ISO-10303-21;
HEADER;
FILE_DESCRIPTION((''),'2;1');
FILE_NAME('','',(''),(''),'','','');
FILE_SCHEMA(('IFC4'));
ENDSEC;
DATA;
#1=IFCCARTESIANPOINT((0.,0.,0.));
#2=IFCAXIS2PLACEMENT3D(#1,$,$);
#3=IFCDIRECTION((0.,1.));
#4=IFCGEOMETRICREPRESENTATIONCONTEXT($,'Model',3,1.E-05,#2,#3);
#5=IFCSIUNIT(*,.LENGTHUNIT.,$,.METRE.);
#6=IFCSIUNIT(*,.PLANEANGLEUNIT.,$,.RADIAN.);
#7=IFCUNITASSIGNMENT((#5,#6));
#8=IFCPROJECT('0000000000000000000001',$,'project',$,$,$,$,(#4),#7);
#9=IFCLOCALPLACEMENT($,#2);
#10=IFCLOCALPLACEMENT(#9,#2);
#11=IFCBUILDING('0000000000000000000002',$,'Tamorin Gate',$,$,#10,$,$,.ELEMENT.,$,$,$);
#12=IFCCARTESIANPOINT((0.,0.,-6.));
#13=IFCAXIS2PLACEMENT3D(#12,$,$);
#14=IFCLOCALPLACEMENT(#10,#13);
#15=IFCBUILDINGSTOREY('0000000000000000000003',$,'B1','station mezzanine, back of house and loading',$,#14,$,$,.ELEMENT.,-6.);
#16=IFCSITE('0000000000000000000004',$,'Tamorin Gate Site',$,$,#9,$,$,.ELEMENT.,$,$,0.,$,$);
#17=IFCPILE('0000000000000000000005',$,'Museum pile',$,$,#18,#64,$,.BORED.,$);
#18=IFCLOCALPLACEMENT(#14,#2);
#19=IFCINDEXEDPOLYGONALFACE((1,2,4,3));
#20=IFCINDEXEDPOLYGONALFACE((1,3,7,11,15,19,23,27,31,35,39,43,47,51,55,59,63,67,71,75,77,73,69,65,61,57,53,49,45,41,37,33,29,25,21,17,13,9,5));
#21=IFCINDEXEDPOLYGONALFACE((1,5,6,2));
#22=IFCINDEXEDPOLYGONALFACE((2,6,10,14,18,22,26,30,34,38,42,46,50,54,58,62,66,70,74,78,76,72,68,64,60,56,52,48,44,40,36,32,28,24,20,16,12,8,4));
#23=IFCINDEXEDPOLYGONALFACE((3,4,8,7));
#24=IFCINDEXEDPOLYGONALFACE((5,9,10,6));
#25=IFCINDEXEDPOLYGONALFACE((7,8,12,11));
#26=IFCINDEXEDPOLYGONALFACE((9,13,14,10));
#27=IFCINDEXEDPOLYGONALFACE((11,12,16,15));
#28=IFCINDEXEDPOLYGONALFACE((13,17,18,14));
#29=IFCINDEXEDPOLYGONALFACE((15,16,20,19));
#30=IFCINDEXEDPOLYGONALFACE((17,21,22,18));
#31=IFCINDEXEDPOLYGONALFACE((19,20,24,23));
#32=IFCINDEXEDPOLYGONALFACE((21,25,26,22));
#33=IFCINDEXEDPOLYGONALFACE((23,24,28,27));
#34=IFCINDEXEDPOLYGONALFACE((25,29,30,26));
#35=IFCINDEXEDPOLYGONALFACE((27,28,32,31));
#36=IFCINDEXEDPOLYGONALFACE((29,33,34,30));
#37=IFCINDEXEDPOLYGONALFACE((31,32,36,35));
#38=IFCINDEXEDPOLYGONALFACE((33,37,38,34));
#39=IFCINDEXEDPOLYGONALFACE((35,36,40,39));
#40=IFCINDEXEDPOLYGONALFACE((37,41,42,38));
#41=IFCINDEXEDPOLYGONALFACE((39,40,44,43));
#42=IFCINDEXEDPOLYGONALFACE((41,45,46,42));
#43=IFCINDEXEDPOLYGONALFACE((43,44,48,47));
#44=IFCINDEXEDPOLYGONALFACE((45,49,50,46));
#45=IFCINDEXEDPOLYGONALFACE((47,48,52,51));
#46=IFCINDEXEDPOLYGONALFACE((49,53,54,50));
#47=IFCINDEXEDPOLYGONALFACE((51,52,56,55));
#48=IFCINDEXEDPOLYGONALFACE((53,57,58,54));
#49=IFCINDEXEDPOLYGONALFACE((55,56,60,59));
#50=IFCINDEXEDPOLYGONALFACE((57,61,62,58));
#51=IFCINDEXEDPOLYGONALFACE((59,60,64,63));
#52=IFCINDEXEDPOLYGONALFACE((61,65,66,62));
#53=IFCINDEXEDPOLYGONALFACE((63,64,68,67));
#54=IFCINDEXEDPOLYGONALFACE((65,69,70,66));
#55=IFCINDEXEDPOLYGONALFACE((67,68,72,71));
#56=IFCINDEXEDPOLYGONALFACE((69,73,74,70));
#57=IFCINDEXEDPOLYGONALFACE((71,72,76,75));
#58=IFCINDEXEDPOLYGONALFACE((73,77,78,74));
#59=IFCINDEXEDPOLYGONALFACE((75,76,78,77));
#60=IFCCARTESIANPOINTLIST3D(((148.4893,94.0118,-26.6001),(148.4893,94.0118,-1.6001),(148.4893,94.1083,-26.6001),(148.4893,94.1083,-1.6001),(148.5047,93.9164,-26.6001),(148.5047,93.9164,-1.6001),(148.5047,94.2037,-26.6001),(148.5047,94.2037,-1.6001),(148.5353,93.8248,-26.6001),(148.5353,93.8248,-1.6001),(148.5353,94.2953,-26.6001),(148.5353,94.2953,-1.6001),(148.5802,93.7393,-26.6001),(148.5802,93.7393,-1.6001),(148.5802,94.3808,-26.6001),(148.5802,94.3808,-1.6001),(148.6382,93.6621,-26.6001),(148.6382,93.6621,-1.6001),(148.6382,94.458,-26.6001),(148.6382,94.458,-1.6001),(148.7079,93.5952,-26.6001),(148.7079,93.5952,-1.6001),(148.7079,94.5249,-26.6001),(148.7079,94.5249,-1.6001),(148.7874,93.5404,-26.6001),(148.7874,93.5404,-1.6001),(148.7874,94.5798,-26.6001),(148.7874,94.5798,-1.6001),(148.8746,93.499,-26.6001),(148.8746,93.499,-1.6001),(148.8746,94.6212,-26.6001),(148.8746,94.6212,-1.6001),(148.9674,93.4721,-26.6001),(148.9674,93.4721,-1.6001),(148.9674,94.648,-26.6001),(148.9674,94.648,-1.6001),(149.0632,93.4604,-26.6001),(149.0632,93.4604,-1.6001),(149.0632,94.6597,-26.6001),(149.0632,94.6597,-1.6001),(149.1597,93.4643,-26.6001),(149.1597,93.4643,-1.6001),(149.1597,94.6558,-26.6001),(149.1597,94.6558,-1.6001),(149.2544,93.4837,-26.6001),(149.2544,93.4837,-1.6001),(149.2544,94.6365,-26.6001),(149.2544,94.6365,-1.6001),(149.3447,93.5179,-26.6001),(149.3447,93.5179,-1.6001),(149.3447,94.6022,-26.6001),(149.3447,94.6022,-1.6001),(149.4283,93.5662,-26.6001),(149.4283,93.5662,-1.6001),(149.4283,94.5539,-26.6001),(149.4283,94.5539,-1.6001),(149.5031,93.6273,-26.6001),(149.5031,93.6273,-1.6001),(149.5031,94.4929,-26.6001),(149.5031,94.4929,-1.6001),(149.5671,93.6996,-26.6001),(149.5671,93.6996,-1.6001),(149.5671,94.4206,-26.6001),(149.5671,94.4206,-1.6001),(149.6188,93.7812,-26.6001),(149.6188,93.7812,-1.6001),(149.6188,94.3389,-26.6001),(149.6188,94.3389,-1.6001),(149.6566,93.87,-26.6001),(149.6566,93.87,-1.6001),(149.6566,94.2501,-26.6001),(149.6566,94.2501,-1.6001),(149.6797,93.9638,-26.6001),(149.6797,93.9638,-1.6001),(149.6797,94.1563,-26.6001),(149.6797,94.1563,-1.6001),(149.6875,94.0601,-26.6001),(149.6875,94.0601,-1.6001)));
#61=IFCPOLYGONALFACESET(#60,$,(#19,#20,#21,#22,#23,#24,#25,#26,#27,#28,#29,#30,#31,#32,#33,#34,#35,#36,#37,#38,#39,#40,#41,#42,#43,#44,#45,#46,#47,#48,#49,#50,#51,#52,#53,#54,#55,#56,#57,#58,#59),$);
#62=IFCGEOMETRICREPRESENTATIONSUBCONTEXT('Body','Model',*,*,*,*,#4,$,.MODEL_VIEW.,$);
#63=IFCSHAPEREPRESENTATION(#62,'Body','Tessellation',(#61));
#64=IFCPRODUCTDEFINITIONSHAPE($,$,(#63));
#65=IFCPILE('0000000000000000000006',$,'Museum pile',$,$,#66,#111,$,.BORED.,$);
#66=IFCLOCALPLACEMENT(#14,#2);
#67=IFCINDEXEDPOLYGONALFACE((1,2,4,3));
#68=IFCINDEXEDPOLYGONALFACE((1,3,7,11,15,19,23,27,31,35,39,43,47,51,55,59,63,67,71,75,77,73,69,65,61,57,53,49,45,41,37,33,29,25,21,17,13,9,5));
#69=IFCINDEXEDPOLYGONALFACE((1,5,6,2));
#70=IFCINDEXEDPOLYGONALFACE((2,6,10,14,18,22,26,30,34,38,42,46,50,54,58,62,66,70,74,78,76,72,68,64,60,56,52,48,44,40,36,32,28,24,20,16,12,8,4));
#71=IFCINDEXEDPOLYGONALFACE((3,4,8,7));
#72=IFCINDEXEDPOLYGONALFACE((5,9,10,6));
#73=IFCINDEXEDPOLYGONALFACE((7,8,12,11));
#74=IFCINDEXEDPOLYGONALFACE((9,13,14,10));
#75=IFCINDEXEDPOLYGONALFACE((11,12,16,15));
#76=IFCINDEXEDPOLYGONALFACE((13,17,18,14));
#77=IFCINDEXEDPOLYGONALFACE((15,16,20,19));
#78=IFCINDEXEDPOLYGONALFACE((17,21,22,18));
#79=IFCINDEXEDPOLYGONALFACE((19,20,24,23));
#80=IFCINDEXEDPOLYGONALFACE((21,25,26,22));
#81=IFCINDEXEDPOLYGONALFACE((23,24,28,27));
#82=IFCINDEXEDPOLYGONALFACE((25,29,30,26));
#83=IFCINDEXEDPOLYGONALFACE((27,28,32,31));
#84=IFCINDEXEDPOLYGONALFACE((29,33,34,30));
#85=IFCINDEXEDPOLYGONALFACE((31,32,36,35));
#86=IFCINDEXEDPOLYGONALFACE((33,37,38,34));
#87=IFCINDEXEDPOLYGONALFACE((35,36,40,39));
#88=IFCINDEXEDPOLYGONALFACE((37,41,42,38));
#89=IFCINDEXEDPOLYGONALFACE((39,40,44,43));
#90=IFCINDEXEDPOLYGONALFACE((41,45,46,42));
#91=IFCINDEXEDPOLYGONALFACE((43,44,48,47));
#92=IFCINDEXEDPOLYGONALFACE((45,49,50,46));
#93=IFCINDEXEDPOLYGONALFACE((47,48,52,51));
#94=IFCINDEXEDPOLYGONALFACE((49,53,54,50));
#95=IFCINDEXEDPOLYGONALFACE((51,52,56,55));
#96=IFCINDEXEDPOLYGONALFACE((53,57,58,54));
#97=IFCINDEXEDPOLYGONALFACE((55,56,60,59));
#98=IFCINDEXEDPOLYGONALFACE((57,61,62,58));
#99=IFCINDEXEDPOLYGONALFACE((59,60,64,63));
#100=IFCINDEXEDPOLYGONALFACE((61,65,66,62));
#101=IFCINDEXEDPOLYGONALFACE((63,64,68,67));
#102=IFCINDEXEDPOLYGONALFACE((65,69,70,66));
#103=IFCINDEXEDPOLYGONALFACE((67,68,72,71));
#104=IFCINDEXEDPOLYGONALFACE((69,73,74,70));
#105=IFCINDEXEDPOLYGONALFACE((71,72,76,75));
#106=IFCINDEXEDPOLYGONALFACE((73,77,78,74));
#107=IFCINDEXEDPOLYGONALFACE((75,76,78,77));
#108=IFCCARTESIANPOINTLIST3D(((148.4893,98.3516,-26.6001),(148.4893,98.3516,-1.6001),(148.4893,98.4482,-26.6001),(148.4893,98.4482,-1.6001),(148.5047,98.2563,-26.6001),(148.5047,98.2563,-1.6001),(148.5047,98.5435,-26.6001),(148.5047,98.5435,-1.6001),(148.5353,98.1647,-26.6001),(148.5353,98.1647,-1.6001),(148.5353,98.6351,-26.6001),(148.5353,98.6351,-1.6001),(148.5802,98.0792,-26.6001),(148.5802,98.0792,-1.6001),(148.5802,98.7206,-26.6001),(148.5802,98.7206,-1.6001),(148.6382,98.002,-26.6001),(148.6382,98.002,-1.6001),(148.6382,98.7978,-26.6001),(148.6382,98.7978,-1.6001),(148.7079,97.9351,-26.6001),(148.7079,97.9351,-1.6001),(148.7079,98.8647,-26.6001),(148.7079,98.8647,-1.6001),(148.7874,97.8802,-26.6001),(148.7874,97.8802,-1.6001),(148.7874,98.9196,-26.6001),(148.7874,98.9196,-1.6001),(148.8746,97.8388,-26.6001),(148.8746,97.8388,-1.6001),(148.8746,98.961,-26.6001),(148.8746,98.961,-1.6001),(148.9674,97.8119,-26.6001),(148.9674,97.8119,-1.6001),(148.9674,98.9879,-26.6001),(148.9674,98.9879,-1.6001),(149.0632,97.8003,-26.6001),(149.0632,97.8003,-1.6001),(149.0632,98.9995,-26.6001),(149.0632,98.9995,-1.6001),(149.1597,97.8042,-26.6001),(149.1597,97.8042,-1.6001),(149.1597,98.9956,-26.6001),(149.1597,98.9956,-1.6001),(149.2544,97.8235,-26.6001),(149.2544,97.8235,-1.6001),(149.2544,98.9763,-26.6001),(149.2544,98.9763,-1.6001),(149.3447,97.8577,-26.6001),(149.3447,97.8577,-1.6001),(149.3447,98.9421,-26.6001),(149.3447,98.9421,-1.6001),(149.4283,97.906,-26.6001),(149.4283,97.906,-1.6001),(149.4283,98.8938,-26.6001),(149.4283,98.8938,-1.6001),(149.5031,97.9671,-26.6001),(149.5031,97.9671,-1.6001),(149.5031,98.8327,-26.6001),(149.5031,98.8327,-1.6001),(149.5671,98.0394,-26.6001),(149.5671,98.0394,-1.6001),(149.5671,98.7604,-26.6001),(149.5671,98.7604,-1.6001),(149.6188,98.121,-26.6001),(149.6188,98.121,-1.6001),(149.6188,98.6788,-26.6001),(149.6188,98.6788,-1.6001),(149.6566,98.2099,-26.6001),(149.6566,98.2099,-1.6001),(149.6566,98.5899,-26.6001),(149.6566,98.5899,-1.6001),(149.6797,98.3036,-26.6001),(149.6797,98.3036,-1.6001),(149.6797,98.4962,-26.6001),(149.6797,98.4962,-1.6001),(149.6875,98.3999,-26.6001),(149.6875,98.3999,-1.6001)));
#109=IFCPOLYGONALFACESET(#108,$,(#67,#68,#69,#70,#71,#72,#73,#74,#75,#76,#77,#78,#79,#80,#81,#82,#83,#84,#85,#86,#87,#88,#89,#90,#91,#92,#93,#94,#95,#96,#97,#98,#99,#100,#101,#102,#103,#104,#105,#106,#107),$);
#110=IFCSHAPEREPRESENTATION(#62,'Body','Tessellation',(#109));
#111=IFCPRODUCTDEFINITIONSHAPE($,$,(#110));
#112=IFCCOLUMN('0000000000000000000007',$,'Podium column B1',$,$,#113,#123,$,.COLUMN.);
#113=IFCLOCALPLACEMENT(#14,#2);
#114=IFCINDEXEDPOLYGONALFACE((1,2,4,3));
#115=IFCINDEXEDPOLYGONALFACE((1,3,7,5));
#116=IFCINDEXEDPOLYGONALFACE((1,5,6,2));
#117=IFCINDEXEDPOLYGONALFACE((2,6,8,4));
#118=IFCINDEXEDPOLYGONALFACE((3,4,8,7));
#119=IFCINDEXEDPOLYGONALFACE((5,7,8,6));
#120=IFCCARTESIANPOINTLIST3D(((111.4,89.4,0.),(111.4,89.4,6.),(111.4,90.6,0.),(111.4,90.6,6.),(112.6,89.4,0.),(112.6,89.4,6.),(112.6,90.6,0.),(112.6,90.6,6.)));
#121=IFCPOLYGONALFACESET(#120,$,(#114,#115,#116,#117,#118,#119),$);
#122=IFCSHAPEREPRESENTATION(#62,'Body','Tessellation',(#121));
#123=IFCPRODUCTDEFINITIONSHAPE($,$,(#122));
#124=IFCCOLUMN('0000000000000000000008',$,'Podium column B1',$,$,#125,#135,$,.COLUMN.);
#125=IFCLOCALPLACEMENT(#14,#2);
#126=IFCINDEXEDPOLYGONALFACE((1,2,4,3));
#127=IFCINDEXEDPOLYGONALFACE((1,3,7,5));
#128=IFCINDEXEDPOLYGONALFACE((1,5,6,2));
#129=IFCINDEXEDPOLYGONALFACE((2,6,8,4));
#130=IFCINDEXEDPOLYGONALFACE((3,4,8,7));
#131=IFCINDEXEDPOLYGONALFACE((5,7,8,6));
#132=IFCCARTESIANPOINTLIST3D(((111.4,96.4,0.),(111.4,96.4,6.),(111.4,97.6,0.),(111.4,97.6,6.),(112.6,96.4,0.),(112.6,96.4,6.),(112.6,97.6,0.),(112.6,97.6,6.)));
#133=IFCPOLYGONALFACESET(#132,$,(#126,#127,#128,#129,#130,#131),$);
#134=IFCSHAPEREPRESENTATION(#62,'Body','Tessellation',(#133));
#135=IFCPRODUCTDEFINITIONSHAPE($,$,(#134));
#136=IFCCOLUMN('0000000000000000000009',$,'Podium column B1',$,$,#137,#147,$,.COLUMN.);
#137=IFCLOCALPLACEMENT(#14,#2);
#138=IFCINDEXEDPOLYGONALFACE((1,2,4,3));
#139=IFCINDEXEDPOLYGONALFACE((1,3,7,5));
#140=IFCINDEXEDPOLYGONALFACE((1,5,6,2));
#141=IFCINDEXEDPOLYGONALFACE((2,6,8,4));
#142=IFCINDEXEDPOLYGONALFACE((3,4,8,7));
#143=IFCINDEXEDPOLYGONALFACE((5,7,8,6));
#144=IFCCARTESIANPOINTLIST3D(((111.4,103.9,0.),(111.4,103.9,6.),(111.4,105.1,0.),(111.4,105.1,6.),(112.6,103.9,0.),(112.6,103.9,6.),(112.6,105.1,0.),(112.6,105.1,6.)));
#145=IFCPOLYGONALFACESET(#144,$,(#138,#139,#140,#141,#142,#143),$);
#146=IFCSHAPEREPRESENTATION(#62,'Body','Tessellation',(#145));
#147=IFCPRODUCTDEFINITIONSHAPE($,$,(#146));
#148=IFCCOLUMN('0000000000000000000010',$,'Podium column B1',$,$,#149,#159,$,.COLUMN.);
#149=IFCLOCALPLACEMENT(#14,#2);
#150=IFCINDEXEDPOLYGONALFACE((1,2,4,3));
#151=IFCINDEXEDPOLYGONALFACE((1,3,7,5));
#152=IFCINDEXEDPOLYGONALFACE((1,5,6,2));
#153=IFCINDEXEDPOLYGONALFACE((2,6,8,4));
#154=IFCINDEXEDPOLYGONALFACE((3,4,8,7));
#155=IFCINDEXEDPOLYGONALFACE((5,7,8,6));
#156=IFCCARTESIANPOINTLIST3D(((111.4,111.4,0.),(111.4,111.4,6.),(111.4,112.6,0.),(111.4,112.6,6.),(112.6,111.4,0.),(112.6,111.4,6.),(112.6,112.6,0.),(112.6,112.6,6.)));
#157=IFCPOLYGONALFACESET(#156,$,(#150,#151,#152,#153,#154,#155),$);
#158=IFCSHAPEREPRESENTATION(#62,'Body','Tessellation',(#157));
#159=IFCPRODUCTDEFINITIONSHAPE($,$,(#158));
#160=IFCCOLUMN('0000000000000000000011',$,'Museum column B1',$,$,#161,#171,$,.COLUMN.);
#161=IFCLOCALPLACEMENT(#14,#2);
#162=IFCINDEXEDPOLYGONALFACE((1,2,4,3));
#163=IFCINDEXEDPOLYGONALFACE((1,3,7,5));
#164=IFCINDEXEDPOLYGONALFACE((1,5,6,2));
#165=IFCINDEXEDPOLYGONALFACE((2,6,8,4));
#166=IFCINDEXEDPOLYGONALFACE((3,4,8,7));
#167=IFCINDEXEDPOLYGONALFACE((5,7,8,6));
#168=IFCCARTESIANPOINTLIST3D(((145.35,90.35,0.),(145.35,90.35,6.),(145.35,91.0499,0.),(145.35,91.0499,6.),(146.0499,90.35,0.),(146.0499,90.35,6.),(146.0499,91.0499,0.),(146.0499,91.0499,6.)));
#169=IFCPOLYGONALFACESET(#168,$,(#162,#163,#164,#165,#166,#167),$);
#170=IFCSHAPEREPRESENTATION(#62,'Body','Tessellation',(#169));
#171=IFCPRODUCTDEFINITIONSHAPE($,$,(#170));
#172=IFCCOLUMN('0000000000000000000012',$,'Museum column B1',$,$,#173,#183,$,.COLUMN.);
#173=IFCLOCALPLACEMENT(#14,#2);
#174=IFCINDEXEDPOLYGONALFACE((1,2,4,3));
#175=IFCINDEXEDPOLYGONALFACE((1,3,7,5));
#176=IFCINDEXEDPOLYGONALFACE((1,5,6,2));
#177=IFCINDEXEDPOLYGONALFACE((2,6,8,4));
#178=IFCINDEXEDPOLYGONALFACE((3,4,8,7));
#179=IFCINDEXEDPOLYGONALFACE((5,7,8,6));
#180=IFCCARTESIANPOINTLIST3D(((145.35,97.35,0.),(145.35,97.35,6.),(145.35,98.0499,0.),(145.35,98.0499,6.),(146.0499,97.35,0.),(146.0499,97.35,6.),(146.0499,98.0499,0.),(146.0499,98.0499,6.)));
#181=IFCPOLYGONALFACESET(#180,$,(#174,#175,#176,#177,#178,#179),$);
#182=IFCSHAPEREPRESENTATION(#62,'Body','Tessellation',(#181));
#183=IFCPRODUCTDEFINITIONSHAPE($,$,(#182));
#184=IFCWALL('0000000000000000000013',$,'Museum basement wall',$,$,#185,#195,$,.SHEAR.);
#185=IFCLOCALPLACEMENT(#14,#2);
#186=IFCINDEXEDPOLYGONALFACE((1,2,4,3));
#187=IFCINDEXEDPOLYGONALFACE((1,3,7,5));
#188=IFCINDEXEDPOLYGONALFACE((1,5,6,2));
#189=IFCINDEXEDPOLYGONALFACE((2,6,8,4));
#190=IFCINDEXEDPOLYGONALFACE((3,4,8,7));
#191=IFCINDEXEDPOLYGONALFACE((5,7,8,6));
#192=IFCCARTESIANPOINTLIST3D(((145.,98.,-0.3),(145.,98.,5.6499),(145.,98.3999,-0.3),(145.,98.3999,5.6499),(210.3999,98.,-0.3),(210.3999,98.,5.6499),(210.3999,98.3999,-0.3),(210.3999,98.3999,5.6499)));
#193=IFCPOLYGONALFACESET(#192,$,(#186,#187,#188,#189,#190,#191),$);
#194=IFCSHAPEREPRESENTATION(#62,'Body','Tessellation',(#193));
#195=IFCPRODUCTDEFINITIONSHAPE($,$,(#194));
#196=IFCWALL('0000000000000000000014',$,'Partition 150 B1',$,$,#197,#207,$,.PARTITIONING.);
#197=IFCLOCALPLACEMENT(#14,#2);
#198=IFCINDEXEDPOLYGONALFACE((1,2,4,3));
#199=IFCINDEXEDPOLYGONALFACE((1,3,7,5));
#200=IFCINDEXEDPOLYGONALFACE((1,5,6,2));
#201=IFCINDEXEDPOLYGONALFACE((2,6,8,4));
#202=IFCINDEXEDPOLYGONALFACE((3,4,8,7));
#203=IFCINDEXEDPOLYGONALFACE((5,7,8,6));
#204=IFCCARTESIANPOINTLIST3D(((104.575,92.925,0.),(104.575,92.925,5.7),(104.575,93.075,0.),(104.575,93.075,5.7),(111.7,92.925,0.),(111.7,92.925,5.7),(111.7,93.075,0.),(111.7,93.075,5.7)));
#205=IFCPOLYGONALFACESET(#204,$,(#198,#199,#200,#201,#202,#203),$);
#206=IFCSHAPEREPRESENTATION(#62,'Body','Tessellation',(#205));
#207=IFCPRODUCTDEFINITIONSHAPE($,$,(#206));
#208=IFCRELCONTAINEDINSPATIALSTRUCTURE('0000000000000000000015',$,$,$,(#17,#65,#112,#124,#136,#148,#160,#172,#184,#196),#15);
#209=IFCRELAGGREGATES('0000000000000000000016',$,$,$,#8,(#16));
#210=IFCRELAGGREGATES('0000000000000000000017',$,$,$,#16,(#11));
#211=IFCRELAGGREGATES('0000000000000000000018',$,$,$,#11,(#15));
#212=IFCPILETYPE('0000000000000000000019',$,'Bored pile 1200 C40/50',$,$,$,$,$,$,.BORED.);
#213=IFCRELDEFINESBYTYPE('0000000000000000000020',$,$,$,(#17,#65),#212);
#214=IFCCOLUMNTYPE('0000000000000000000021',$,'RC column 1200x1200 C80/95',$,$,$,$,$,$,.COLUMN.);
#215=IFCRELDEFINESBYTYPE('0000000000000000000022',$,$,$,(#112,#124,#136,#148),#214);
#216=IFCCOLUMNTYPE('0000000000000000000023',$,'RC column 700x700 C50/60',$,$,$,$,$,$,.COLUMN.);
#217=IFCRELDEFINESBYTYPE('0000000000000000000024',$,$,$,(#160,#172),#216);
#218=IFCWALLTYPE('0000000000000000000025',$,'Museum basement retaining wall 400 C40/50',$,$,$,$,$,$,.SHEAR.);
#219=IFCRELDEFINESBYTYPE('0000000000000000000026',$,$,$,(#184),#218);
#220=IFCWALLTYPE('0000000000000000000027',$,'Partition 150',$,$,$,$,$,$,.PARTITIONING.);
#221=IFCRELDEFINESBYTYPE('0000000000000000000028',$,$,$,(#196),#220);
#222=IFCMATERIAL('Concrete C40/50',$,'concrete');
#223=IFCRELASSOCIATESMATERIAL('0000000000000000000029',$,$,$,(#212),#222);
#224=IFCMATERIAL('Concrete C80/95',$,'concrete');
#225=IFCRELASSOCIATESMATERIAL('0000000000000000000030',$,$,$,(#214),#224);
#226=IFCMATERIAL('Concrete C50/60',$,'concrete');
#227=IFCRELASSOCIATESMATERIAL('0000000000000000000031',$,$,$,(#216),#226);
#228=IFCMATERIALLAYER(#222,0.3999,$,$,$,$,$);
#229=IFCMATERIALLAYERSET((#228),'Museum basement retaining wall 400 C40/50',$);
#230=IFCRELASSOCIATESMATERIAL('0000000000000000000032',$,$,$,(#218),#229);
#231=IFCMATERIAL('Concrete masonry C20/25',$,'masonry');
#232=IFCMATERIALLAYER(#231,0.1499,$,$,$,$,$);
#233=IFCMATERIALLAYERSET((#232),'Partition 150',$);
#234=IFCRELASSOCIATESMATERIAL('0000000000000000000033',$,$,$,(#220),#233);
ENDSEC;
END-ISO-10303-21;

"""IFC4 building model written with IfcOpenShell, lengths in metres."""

from ifc_helpers import new_model, si_unit, direction, frame, frame_2d, origin, origin_2d, place, context, subcontext, project, spatial, rectangle, circle, extrude, material, layer, layer_set, material_profile, profile_set, type_object, element, save


model = new_model("IFC4")

# Units and contexts
model_context = context("Model", 3, precision=1e-05, world=origin(), true_north=direction((0.0, 1.0)))
body_context = subcontext(model_context, "Body", "Model", "MODEL_VIEW")
ifc_project = project(units=[si_unit("LENGTHUNIT", "METRE"), si_unit("PLANEANGLEUNIT", "RADIAN")], contexts=[model_context])

# Site, building, storey
site_placement = place(None, origin())
site = spatial("IfcSite", under=ifc_project, at=site_placement, Name="Tamorin Gate Site", CompositionType="ELEMENT", RefElevation=0.0)
building_placement = place(site_placement, origin())
building = spatial("IfcBuilding", under=site, at=building_placement, Name="Tamorin Gate", CompositionType="ELEMENT")
storey_placement = place(building_placement, frame((0.0, 0.0, -6.0)))
storey = spatial("IfcBuildingStorey", under=building, at=storey_placement, Name="B1", Description="station mezzanine, back of house and loading", CompositionType="ELEMENT", Elevation=-6.0)

# Piles
ifc_material_1 = material(Name="Concrete C40/50", Category="concrete")
ifc_material_profile_1 = material_profile(ifc_material_1, circle(Radius=0.6001, at=origin_2d()))
ifc_profile_set_1 = profile_set([ifc_material_profile_1], Name="Concrete C40/50")
pile_type = type_object("IfcPileType", Name="Bored pile 1200 C40/50", PredefinedType="BORED", material=ifc_profile_set_1)
for number, where, z_axis, x_axis, name in (
    (1, (149.0874, 94.0601, -1.6001), (0.0, 0.0, -1.0), (1.0, 0.0, 0.0), "Museum pile"),
    (2, (149.0874, 98.3999, -1.6001), (0.0, 0.0, -1.0), (1.0, 0.0, 0.0), "Museum pile"),
):
    element("IfcPile", number, at=place(storey_placement, frame(where, z_axis=z_axis, x_axis=x_axis)), inside=storey, type_object=pile_type, Name=name, PredefinedType="BORED", context=body_context, shape_type="SweptSolid", body=[
        extrude(circle(Radius=0.6001, at=origin_2d()), origin(), (0.0, 0.0, 1.0), 25.0),
    ])

# Columns
ifc_material_2 = material(Name="Concrete C80/95", Category="concrete")
ifc_material_profile_2 = material_profile(ifc_material_2, rectangle(XDim=1.2, YDim=1.2, at=origin_2d()), Name="RC 1200x1200")
ifc_profile_set_2 = profile_set([ifc_material_profile_2], Name="Concrete C80/95")
column_type_1 = type_object("IfcColumnType", Name="RC column 1200x1200 C80/95", PredefinedType="COLUMN", material=ifc_profile_set_2)
for number, where, z_axis, x_axis, name in (
    (3, (112.0, 90.0, 0.0), (0.0, 0.0, 1.0), (1.0, 0.0, 0.0), "Podium column B1"),
    (4, (112.0, 97.0, 0.0), (0.0, 0.0, 1.0), (1.0, 0.0, 0.0), "Podium column B1"),
    (5, (112.0, 104.5, 0.0), (0.0, 0.0, 1.0), (1.0, 0.0, 0.0), "Podium column B1"),
    (6, (112.0, 112.0, 0.0), (0.0, 0.0, 1.0), (1.0, 0.0, 0.0), "Podium column B1"),
):
    element("IfcColumn", number, at=place(storey_placement, frame(where, z_axis=z_axis, x_axis=x_axis)), inside=storey, type_object=column_type_1, Name=name, PredefinedType="COLUMN", context=body_context, shape_type="SweptSolid", body=[
        extrude(rectangle(XDim=1.2, YDim=1.2, at=origin_2d()), origin(), (0.0, 0.0, 1.0), 6.0),
    ])
ifc_material_3 = material(Name="Concrete C50/60", Category="concrete")
ifc_material_profile_3 = material_profile(ifc_material_3, rectangle(XDim=0.7, YDim=0.7, at=origin_2d()), Name="RC 700x700")
ifc_profile_set_3 = profile_set([ifc_material_profile_3], Name="Concrete C50/60")
column_type_2 = type_object("IfcColumnType", Name="RC column 700x700 C50/60", PredefinedType="COLUMN", material=ifc_profile_set_3)
for number, where, z_axis, x_axis, name in (
    (7, (145.7, 90.7, 0.0), (0.0, 0.0, 1.0), (1.0, 0.0, 0.0), "Museum column B1"),
    (8, (145.7, 97.7, 0.0), (0.0, 0.0, 1.0), (1.0, 0.0, 0.0), "Museum column B1"),
):
    element("IfcColumn", number, at=place(storey_placement, frame(where, z_axis=z_axis, x_axis=x_axis)), inside=storey, type_object=column_type_2, Name=name, PredefinedType="COLUMN", context=body_context, shape_type="SweptSolid", body=[
        extrude(rectangle(XDim=0.7, YDim=0.7, at=origin_2d()), origin(), (0.0, 0.0, 1.0), 6.0),
    ])

# Walls
ifc_layer_1 = layer(ifc_material_1, 0.3999)
ifc_layer_set_1 = layer_set([ifc_layer_1], Name="Museum basement retaining wall 400 C40/50")
wall_type_1 = type_object("IfcWallType", Name="Museum basement retaining wall 400 C40/50", PredefinedType="SHEAR", material=ifc_layer_set_1)
wall_1_placement = place(storey_placement, frame((145.0, 98.2, -0.3), z_axis=(0.0, 0.0, 1.0), x_axis=(1.0, 0.0, 0.0)))
element("IfcWall", 9, at=wall_1_placement, inside=storey, type_object=wall_type_1, Name="Museum basement wall", PredefinedType="SHEAR", context=body_context, shape_type="SweptSolid", body=[
    extrude(rectangle(XDim=65.3999, YDim=0.3999, at=frame_2d((32.7, 0.0))), origin(), (0.0, 0.0, 1.0), 5.95),
])
ifc_material_4 = material(Name="Concrete masonry C20/25", Category="masonry")
ifc_layer_2 = layer(ifc_material_4, 0.1499)
ifc_layer_set_2 = layer_set([ifc_layer_2], Name="Partition 150")
wall_type_2 = type_object("IfcWallType", Name="Partition 150", PredefinedType="PARTITIONING", material=ifc_layer_set_2)
for number, where, z_axis, x_axis, name in (
    (10, (104.575, 93.0, 0.0), (0.0, 0.0, 1.0), (1.0, 0.0, 0.0), "Partition 150 B1"),
):
    element("IfcWall", number, at=place(storey_placement, frame(where, z_axis=z_axis, x_axis=x_axis)), inside=storey, type_object=wall_type_2, Name=name, PredefinedType="PARTITIONING", context=body_context, shape_type="SweptSolid", body=[
        extrude(rectangle(XDim=7.125, YDim=0.1499, at=frame_2d((3.5625, 0.0))), origin(), (0.0, 0.0, 1.0), 5.7),
    ])

save(model, "model.ifc")
